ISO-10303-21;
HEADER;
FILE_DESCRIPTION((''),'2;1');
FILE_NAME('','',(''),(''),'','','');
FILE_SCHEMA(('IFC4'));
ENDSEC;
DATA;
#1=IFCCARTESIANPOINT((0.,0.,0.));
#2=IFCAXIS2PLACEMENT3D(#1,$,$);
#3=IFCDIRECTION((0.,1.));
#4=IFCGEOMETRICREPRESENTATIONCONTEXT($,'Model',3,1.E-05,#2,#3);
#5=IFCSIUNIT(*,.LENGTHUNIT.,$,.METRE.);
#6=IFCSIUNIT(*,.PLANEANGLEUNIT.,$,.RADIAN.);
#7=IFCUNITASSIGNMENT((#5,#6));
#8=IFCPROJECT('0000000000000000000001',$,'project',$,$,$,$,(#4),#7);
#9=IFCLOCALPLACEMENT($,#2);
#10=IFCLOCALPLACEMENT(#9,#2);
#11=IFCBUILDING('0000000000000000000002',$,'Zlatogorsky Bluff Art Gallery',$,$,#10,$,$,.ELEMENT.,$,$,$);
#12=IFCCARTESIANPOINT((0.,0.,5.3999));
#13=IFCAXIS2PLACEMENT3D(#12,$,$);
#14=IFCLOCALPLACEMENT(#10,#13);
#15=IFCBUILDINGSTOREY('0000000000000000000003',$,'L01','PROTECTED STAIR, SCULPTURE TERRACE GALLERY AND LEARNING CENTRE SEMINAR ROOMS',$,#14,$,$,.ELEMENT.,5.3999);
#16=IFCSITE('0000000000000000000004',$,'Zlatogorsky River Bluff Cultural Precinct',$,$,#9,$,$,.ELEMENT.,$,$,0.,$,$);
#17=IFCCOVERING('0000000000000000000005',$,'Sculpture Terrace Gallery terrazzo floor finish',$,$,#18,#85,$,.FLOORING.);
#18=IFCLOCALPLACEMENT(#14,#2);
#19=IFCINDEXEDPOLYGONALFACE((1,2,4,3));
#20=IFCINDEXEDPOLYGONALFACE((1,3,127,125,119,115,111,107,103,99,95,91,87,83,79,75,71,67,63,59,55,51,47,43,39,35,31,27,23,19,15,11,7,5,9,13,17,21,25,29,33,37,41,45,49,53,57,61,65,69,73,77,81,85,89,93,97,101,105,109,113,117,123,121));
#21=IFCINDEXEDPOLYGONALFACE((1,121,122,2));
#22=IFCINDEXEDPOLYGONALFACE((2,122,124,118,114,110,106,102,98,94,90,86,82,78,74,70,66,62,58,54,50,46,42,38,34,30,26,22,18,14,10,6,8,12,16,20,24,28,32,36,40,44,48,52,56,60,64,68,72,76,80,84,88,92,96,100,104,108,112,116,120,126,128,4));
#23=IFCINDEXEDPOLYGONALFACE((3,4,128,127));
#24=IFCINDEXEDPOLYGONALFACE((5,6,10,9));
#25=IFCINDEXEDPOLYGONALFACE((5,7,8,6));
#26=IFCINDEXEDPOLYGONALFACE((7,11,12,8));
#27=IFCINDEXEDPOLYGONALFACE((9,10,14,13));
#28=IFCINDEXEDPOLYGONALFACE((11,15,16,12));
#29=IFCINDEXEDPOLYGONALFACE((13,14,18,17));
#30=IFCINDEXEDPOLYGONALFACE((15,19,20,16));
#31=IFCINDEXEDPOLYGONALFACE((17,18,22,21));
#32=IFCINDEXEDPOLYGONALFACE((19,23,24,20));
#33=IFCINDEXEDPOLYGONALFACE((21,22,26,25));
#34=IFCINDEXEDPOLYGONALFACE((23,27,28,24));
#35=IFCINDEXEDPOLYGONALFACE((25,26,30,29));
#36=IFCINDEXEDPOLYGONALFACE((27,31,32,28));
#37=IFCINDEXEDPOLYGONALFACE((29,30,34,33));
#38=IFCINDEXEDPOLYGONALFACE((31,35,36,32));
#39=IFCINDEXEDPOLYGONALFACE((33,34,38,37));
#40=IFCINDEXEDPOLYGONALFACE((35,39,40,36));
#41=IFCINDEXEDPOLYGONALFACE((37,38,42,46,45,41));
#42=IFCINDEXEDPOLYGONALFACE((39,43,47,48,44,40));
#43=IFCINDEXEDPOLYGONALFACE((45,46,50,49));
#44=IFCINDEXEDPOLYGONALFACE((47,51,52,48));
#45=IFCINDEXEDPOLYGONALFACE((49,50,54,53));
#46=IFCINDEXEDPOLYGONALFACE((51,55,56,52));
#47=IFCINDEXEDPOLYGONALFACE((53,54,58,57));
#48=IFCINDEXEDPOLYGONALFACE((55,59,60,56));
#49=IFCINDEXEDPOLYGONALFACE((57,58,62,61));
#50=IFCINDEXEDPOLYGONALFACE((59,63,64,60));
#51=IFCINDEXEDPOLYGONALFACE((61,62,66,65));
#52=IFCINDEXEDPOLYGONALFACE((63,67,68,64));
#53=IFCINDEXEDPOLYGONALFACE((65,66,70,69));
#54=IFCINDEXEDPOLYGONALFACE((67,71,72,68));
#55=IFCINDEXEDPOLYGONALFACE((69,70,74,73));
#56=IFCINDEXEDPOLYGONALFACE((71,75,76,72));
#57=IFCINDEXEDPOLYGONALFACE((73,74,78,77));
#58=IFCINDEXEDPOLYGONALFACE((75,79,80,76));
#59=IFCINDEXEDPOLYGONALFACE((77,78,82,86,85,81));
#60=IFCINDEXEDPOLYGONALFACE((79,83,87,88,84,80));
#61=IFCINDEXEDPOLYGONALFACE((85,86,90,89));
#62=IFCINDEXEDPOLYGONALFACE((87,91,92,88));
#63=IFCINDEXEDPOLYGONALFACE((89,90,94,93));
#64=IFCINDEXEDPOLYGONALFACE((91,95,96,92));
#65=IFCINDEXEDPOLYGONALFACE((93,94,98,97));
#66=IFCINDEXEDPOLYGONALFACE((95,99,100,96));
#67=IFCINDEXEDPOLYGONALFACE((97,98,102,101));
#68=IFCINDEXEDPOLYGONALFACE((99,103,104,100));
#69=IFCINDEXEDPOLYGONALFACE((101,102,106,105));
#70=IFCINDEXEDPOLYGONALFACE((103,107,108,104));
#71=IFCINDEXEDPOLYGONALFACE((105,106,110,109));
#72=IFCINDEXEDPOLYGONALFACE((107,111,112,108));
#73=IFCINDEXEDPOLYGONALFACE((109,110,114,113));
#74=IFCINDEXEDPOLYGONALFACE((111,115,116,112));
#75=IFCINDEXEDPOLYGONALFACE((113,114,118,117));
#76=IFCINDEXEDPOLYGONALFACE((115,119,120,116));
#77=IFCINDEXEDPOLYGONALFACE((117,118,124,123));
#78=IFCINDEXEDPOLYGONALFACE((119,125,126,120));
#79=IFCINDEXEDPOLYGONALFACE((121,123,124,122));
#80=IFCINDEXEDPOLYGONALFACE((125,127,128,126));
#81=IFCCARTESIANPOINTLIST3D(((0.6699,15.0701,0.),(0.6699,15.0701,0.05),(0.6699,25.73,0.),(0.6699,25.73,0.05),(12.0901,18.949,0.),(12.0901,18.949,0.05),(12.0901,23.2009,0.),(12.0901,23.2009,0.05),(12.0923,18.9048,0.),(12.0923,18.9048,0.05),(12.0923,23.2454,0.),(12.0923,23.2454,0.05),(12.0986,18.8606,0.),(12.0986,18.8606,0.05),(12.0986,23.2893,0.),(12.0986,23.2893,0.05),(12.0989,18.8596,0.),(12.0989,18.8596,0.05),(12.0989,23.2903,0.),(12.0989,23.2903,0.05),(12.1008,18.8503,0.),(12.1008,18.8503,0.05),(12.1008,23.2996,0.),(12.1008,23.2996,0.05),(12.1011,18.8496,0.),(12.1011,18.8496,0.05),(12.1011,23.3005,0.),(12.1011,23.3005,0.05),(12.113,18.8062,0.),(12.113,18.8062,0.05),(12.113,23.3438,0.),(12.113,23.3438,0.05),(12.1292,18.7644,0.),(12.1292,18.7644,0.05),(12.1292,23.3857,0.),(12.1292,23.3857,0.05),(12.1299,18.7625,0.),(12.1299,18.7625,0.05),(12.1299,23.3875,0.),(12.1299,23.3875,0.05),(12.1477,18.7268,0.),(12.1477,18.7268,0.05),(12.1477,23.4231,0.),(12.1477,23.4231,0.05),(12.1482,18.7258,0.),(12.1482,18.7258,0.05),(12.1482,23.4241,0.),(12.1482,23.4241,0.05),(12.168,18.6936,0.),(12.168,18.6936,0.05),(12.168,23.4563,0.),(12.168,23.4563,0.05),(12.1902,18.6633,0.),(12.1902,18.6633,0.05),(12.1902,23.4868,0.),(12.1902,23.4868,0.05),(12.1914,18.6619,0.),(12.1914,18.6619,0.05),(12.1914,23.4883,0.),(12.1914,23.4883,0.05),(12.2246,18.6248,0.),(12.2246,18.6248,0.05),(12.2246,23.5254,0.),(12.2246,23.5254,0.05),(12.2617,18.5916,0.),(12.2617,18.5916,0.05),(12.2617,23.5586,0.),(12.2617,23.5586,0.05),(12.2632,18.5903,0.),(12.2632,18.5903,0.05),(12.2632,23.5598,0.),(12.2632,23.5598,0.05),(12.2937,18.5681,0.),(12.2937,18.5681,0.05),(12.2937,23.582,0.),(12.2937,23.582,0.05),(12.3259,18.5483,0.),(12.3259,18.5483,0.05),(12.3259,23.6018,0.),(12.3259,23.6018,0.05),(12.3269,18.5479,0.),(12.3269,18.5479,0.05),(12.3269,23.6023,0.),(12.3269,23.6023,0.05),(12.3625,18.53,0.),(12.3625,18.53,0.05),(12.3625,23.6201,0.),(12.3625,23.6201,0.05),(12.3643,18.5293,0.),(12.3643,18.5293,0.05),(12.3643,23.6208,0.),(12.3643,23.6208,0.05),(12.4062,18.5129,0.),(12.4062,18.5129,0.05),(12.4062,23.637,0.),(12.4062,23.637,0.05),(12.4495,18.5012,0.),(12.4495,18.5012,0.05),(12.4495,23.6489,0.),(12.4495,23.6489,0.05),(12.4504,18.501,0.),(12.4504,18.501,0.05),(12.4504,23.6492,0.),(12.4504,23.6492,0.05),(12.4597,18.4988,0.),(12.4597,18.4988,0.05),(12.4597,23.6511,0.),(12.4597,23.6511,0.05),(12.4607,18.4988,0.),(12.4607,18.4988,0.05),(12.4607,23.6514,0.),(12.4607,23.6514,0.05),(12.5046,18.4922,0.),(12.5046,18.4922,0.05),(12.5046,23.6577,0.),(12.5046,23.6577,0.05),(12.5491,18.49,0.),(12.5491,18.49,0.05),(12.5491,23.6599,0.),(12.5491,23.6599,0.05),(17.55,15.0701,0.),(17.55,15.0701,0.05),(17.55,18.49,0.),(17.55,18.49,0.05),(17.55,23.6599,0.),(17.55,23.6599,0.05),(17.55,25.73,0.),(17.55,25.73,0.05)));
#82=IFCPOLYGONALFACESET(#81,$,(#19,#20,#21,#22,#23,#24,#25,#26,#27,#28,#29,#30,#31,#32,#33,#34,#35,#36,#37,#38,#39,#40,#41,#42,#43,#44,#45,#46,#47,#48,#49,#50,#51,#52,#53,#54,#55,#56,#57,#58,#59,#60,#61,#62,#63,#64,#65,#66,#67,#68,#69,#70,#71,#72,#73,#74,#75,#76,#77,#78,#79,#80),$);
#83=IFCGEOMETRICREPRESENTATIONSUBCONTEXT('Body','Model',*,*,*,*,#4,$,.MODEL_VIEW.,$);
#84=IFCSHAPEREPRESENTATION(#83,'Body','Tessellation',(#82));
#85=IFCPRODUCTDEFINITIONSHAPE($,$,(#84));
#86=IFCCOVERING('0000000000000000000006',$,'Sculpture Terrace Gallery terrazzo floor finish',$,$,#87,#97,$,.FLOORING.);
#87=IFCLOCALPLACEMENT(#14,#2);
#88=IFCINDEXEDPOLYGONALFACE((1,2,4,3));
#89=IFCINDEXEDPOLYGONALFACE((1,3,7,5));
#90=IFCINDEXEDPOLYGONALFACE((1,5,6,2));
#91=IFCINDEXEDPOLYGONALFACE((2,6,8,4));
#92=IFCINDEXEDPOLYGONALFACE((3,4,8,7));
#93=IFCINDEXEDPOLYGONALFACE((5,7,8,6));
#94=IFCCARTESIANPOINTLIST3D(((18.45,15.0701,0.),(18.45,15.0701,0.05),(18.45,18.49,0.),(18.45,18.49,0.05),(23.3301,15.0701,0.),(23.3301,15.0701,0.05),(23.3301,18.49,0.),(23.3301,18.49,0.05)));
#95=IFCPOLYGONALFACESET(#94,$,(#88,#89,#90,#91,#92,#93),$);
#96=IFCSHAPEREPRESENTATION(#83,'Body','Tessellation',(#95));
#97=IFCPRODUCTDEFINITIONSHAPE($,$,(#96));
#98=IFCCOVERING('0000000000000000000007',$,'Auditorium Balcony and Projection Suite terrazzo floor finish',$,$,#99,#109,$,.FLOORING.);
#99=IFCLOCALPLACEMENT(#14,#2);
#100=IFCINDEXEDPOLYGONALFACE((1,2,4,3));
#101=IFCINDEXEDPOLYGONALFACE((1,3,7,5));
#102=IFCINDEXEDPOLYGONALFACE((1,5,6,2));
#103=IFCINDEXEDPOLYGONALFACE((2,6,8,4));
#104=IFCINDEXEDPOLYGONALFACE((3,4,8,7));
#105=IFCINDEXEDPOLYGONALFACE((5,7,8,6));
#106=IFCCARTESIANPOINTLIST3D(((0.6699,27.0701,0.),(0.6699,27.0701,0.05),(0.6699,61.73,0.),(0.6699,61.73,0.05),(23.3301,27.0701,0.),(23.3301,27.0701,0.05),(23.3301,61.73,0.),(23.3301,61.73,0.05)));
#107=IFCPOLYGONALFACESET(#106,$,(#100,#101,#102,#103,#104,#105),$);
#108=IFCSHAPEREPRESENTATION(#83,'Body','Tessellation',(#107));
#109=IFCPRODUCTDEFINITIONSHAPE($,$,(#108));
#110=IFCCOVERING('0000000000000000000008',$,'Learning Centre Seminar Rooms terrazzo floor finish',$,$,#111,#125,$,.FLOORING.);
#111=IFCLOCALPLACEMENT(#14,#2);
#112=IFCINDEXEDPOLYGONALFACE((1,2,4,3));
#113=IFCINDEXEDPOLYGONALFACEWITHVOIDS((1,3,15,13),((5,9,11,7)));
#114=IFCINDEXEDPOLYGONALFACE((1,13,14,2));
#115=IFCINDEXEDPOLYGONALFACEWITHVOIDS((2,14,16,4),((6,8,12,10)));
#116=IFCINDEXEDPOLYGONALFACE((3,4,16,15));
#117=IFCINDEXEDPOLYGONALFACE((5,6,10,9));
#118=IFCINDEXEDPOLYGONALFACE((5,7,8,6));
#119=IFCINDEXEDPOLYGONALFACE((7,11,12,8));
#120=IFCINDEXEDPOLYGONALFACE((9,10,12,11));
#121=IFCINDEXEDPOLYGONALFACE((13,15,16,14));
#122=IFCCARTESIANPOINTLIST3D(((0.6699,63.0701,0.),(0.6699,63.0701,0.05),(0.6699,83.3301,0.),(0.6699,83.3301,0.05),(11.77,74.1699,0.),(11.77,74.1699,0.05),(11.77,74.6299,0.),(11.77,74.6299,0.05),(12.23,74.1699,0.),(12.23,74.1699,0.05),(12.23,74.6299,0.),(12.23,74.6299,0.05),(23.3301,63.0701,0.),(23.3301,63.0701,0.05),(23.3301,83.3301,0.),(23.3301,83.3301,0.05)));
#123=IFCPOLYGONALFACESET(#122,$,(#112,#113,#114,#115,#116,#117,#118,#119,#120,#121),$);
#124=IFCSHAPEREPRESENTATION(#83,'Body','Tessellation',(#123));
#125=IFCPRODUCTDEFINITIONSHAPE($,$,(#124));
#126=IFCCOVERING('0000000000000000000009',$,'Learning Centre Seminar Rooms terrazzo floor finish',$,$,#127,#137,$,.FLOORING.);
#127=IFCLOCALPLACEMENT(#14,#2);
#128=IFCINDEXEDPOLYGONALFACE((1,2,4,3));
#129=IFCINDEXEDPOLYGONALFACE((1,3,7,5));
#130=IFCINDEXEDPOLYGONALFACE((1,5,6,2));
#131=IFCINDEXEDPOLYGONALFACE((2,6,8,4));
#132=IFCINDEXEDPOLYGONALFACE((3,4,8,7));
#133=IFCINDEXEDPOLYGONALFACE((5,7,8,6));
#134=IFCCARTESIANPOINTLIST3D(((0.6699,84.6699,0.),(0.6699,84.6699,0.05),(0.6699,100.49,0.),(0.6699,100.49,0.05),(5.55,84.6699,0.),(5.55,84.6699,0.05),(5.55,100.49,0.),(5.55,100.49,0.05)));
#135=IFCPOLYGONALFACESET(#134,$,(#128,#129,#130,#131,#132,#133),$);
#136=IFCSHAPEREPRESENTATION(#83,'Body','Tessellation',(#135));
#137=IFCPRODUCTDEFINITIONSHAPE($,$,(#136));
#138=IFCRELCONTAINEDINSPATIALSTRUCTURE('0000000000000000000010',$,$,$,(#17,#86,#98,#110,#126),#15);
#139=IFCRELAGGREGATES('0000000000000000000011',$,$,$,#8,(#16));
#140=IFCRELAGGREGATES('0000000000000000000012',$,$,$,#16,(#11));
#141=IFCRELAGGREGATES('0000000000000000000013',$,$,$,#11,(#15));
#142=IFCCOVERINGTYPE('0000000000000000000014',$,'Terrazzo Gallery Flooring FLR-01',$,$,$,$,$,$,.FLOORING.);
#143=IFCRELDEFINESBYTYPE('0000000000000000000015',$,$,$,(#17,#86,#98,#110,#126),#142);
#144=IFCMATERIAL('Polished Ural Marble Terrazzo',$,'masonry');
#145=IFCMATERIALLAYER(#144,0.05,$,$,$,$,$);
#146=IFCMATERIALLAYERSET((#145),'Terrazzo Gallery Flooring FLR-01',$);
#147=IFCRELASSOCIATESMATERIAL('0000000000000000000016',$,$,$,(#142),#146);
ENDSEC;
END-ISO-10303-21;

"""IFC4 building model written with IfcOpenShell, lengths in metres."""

from ifc_helpers import new_model, si_unit, direction, frame, origin, place, context, subcontext, project, spatial, polyline, outline, extrude, material, layer, layer_set, type_object, element, save


model = new_model("IFC4")

# Units and contexts
model_context = context("Model", 3, precision=1e-05, world=origin(), true_north=direction((0.0, 1.0)))
body_context = subcontext(model_context, "Body", "Model", "MODEL_VIEW")
ifc_project = project(units=[si_unit("LENGTHUNIT", "METRE"), si_unit("PLANEANGLEUNIT", "RADIAN")], contexts=[model_context])

# Site, building, storey
site_placement = place(None, origin())
site = spatial("IfcSite", under=ifc_project, at=site_placement, Name="Zlatogorsky River Bluff Cultural Precinct", CompositionType="ELEMENT", RefElevation=0.0)
building_placement = place(site_placement, origin())
building = spatial("IfcBuilding", under=site, at=building_placement, Name="Zlatogorsky Bluff Art Gallery", CompositionType="ELEMENT")
storey_placement = place(building_placement, frame((0.0, 0.0, 5.3999)))
storey = spatial("IfcBuildingStorey", under=building, at=storey_placement, Name="L01", Description="PROTECTED STAIR, SCULPTURE TERRACE GALLERY AND LEARNING CENTRE SEMINAR ROOMS", CompositionType="ELEMENT", Elevation=5.3999)

# Coverings
ifc_material_1 = material(Name="Polished Ural Marble Terrazzo", Category="masonry")
ifc_layer_1 = layer(ifc_material_1, 0.05)
ifc_layer_set_1 = layer_set([ifc_layer_1], Name="Terrazzo Gallery Flooring FLR-01")
covering_type_1 = type_object("IfcCoveringType", Name="Terrazzo Gallery Flooring FLR-01", PredefinedType="FLOORING", material=ifc_layer_set_1)
covering_1_placement = place(storey_placement, origin())
element("IfcCovering", 1, at=covering_1_placement, inside=storey, type_object=covering_type_1, Name="Sculpture Terrace Gallery terrazzo floor finish", PredefinedType="FLOORING", context=body_context, shape_type="SweptSolid", body=[
    extrude(outline(polyline([(17.55, 23.6599), (12.5491, 23.6599), (12.5046, 23.6577), (12.4607, 23.6514), (12.4597, 23.6511), (12.4504, 23.6492), (12.4495, 23.6489), (12.4062, 23.637), (12.3643, 23.6208), (12.3625, 23.6201), (12.3269, 23.6023), (12.3259, 23.6018), (12.2937, 23.582), (12.2632, 23.5598), (12.2617, 23.5586), (12.2246, 23.5254), (12.1914, 23.4883), (12.1902, 23.4868), (12.168, 23.4563), (12.1482, 23.4241), (12.1477, 23.4231), (12.1299, 23.3875), (12.1292, 23.3857), (12.113, 23.3438), (12.1011, 23.3005), (12.1008, 23.2996), (12.0989, 23.2903), (12.0986, 23.2893), (12.0923, 23.2454), (12.0901, 23.2009), (12.0901, 18.949), (12.0923, 18.9048), (12.0986, 18.8606), (12.0989, 18.8596), (12.1008, 18.8503), (12.1011, 18.8496), (12.113, 18.8062), (12.1292, 18.7644), (12.1299, 18.7625), (12.1477, 18.7268), (12.1482, 18.7258), (12.168, 18.6936), (12.1902, 18.6633), (12.1914, 18.6619), (12.2246, 18.6248), (12.2617, 18.5916), (12.2632, 18.5903), (12.2937, 18.5681), (12.3259, 18.5483), (12.3269, 18.5479), (12.3625, 18.53), (12.3643, 18.5293), (12.4062, 18.5129), (12.4495, 18.5012), (12.4504, 18.501), (12.4597, 18.4988), (12.4607, 18.4988), (12.5046, 18.4922), (12.5491, 18.49), (17.55, 18.49), (17.55, 15.0701), (0.6699, 15.0701), (0.6699, 25.73), (17.55, 25.73), (17.55, 23.6599)])), origin(), (0.0, 0.0, 1.0), 0.05),
])
covering_2_placement = place(storey_placement, origin())
element("IfcCovering", 2, at=covering_2_placement, inside=storey, type_object=covering_type_1, Name="Sculpture Terrace Gallery terrazzo floor finish", PredefinedType="FLOORING", context=body_context, shape_type="SweptSolid", body=[
    extrude(outline(polyline([(23.3301, 15.0701), (18.45, 15.0701), (18.45, 18.49), (23.3301, 18.49), (23.3301, 15.0701)])), origin(), (0.0, 0.0, 1.0), 0.05),
])
covering_3_placement = place(storey_placement, origin())
element("IfcCovering", 3, at=covering_3_placement, inside=storey, type_object=covering_type_1, Name="Auditorium Balcony and Projection Suite terrazzo floor finish", PredefinedType="FLOORING", context=body_context, shape_type="SweptSolid", body=[
    extrude(outline(polyline([(23.3301, 61.73), (23.3301, 27.0701), (0.6699, 27.0701), (0.6699, 61.73), (23.3301, 61.73)])), origin(), (0.0, 0.0, 1.0), 0.05),
])
covering_4_placement = place(storey_placement, origin())
element("IfcCovering", 4, at=covering_4_placement, inside=storey, type_object=covering_type_1, Name="Learning Centre Seminar Rooms terrazzo floor finish", PredefinedType="FLOORING", context=body_context, shape_type="SweptSolid", body=[
    extrude(outline(polyline([(23.3301, 83.3301), (23.3301, 63.0701), (0.6699, 63.0701), (0.6699, 83.3301), (23.3301, 83.3301)]), holes=[polyline([(11.77, 74.6299), (11.77, 74.1699), (12.23, 74.1699), (12.23, 74.6299), (11.77, 74.6299)])]), origin(), (0.0, 0.0, 1.0), 0.05),
])
covering_5_placement = place(storey_placement, origin())
element("IfcCovering", 5, at=covering_5_placement, inside=storey, type_object=covering_type_1, Name="Learning Centre Seminar Rooms terrazzo floor finish", PredefinedType="FLOORING", context=body_context, shape_type="SweptSolid", body=[
    extrude(outline(polyline([(0.6699, 100.49), (5.55, 100.49), (5.55, 84.6699), (0.6699, 84.6699), (0.6699, 100.49)])), origin(), (0.0, 0.0, 1.0), 0.05),
])

save(model, "model.ifc")
